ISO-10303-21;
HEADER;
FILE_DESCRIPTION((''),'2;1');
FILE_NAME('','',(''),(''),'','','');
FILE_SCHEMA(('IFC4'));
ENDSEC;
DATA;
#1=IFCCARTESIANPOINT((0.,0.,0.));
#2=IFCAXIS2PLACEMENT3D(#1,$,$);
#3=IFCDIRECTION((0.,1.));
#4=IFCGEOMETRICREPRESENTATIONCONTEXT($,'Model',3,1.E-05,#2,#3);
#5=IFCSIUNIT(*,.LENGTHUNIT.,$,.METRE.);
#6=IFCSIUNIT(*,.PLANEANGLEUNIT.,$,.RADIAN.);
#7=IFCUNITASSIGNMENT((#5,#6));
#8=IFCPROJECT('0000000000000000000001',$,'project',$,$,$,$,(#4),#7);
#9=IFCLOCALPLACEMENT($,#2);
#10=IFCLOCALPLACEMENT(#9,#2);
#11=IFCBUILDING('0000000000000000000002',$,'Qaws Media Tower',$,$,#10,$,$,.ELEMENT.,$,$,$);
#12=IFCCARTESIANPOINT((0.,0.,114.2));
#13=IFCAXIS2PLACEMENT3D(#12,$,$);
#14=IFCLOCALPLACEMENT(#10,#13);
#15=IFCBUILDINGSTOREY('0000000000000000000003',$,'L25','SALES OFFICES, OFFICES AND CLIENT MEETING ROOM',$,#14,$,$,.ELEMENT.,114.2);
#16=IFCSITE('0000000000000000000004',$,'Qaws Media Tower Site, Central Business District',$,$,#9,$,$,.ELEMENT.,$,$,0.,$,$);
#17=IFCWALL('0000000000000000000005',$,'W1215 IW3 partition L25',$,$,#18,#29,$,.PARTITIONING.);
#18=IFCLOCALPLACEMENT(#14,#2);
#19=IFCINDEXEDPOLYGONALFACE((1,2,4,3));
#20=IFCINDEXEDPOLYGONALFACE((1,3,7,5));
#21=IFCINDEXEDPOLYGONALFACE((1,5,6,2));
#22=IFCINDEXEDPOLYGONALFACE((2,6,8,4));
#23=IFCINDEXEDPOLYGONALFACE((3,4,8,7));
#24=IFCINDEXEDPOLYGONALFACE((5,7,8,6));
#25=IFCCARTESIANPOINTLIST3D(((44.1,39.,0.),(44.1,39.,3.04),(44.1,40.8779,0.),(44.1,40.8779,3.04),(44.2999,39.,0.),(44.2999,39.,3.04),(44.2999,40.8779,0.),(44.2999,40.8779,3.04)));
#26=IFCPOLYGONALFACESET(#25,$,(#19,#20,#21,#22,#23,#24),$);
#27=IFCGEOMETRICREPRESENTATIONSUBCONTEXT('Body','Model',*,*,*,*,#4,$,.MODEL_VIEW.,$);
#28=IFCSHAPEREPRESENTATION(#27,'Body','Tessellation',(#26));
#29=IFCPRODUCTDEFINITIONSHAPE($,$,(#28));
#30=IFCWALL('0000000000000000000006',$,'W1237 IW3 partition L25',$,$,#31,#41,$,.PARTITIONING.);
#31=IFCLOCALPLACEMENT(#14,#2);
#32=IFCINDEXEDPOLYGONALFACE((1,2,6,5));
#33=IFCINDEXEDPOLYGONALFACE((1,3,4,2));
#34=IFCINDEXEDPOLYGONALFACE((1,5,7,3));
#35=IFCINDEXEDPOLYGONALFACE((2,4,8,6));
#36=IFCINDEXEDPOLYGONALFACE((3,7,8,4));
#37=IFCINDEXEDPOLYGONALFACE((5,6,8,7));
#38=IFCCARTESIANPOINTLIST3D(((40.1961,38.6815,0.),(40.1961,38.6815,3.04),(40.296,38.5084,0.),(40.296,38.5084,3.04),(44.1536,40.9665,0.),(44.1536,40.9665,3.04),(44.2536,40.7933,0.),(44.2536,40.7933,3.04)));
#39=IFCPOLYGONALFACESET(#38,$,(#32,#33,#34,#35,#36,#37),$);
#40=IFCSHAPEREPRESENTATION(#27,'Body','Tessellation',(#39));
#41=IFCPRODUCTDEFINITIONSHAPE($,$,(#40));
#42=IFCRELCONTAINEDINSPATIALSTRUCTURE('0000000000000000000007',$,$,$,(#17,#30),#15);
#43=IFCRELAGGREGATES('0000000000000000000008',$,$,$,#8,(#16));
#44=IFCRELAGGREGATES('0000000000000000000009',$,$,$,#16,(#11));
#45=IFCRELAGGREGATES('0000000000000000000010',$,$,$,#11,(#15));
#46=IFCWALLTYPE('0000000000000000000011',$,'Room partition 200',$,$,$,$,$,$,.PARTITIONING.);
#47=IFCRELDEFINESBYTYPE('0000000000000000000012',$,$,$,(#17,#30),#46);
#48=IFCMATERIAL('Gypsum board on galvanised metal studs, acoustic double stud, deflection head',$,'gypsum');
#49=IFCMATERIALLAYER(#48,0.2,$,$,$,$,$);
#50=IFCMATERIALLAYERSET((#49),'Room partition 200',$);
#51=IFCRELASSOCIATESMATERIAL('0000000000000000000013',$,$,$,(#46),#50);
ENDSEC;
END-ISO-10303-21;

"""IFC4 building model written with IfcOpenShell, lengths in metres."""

from ifc_helpers import new_model, si_unit, direction, frame, frame_2d, origin, place, context, subcontext, project, spatial, rectangle, extrude, material, layer, layer_set, type_object, element, save


model = new_model("IFC4")

# Units and contexts
model_context = context("Model", 3, precision=1e-05, world=origin(), true_north=direction((0.0, 1.0)))
body_context = subcontext(model_context, "Body", "Model", "MODEL_VIEW")
ifc_project = project(units=[si_unit("LENGTHUNIT", "METRE"), si_unit("PLANEANGLEUNIT", "RADIAN")], contexts=[model_context])

# Site, building, storey
site_placement = place(None, origin())
site = spatial("IfcSite", under=ifc_project, at=site_placement, Name="Qaws Media Tower Site, Central Business District", CompositionType="ELEMENT", RefElevation=0.0)
building_placement = place(site_placement, origin())
building = spatial("IfcBuilding", under=site, at=building_placement, Name="Qaws Media Tower", CompositionType="ELEMENT")
storey_placement = place(building_placement, frame((0.0, 0.0, 114.2)))
storey = spatial("IfcBuildingStorey", under=building, at=storey_placement, Name="L25", Description="SALES OFFICES, OFFICES AND CLIENT MEETING ROOM", CompositionType="ELEMENT", Elevation=114.2)

# Wall
ifc_material_1 = material(Name="Gypsum board on galvanised metal studs, acoustic double stud, deflection head", Category="gypsum")
ifc_layer_1 = layer(ifc_material_1, 0.2)
ifc_layer_set_1 = layer_set([ifc_layer_1], Name="Room partition 200")
wall_type = type_object("IfcWallType", Name="Room partition 200", PredefinedType="PARTITIONING", material=ifc_layer_set_1)
wall_1_placement = place(storey_placement, frame((44.2, 39.0, 0.0), z_axis=(0.0, 0.0, 1.0), x_axis=(0.0, 1.0, 0.0)))
element("IfcWall", 1, at=wall_1_placement, inside=storey, type_object=wall_type, Name="W1215 IW3 partition L25", PredefinedType="PARTITIONING", context=body_context, shape_type="SweptSolid", body=[
    extrude(rectangle(XDim=1.8779, YDim=0.2, at=frame_2d((0.939, 0.0))), origin(), (0.0, 0.0, 1.0), 3.04),
])

# Wall
wall_2_placement = place(storey_placement, frame((44.2036, 40.8799, 0.0), z_axis=(0.0, 0.0, 1.0), x_axis=(-0.866022, -0.500006, 0.0)))
element("IfcWall", 2, at=wall_2_placement, inside=storey, type_object=wall_type, Name="W1237 IW3 partition L25", PredefinedType="PARTITIONING", context=body_context, shape_type="SweptSolid", body=[
    extrude(rectangle(XDim=4.5698, YDim=0.2, at=frame_2d((2.2849, 0.0))), origin(), (0.0, 0.0, 1.0), 3.04),
])

save(model, "model.ifc")
